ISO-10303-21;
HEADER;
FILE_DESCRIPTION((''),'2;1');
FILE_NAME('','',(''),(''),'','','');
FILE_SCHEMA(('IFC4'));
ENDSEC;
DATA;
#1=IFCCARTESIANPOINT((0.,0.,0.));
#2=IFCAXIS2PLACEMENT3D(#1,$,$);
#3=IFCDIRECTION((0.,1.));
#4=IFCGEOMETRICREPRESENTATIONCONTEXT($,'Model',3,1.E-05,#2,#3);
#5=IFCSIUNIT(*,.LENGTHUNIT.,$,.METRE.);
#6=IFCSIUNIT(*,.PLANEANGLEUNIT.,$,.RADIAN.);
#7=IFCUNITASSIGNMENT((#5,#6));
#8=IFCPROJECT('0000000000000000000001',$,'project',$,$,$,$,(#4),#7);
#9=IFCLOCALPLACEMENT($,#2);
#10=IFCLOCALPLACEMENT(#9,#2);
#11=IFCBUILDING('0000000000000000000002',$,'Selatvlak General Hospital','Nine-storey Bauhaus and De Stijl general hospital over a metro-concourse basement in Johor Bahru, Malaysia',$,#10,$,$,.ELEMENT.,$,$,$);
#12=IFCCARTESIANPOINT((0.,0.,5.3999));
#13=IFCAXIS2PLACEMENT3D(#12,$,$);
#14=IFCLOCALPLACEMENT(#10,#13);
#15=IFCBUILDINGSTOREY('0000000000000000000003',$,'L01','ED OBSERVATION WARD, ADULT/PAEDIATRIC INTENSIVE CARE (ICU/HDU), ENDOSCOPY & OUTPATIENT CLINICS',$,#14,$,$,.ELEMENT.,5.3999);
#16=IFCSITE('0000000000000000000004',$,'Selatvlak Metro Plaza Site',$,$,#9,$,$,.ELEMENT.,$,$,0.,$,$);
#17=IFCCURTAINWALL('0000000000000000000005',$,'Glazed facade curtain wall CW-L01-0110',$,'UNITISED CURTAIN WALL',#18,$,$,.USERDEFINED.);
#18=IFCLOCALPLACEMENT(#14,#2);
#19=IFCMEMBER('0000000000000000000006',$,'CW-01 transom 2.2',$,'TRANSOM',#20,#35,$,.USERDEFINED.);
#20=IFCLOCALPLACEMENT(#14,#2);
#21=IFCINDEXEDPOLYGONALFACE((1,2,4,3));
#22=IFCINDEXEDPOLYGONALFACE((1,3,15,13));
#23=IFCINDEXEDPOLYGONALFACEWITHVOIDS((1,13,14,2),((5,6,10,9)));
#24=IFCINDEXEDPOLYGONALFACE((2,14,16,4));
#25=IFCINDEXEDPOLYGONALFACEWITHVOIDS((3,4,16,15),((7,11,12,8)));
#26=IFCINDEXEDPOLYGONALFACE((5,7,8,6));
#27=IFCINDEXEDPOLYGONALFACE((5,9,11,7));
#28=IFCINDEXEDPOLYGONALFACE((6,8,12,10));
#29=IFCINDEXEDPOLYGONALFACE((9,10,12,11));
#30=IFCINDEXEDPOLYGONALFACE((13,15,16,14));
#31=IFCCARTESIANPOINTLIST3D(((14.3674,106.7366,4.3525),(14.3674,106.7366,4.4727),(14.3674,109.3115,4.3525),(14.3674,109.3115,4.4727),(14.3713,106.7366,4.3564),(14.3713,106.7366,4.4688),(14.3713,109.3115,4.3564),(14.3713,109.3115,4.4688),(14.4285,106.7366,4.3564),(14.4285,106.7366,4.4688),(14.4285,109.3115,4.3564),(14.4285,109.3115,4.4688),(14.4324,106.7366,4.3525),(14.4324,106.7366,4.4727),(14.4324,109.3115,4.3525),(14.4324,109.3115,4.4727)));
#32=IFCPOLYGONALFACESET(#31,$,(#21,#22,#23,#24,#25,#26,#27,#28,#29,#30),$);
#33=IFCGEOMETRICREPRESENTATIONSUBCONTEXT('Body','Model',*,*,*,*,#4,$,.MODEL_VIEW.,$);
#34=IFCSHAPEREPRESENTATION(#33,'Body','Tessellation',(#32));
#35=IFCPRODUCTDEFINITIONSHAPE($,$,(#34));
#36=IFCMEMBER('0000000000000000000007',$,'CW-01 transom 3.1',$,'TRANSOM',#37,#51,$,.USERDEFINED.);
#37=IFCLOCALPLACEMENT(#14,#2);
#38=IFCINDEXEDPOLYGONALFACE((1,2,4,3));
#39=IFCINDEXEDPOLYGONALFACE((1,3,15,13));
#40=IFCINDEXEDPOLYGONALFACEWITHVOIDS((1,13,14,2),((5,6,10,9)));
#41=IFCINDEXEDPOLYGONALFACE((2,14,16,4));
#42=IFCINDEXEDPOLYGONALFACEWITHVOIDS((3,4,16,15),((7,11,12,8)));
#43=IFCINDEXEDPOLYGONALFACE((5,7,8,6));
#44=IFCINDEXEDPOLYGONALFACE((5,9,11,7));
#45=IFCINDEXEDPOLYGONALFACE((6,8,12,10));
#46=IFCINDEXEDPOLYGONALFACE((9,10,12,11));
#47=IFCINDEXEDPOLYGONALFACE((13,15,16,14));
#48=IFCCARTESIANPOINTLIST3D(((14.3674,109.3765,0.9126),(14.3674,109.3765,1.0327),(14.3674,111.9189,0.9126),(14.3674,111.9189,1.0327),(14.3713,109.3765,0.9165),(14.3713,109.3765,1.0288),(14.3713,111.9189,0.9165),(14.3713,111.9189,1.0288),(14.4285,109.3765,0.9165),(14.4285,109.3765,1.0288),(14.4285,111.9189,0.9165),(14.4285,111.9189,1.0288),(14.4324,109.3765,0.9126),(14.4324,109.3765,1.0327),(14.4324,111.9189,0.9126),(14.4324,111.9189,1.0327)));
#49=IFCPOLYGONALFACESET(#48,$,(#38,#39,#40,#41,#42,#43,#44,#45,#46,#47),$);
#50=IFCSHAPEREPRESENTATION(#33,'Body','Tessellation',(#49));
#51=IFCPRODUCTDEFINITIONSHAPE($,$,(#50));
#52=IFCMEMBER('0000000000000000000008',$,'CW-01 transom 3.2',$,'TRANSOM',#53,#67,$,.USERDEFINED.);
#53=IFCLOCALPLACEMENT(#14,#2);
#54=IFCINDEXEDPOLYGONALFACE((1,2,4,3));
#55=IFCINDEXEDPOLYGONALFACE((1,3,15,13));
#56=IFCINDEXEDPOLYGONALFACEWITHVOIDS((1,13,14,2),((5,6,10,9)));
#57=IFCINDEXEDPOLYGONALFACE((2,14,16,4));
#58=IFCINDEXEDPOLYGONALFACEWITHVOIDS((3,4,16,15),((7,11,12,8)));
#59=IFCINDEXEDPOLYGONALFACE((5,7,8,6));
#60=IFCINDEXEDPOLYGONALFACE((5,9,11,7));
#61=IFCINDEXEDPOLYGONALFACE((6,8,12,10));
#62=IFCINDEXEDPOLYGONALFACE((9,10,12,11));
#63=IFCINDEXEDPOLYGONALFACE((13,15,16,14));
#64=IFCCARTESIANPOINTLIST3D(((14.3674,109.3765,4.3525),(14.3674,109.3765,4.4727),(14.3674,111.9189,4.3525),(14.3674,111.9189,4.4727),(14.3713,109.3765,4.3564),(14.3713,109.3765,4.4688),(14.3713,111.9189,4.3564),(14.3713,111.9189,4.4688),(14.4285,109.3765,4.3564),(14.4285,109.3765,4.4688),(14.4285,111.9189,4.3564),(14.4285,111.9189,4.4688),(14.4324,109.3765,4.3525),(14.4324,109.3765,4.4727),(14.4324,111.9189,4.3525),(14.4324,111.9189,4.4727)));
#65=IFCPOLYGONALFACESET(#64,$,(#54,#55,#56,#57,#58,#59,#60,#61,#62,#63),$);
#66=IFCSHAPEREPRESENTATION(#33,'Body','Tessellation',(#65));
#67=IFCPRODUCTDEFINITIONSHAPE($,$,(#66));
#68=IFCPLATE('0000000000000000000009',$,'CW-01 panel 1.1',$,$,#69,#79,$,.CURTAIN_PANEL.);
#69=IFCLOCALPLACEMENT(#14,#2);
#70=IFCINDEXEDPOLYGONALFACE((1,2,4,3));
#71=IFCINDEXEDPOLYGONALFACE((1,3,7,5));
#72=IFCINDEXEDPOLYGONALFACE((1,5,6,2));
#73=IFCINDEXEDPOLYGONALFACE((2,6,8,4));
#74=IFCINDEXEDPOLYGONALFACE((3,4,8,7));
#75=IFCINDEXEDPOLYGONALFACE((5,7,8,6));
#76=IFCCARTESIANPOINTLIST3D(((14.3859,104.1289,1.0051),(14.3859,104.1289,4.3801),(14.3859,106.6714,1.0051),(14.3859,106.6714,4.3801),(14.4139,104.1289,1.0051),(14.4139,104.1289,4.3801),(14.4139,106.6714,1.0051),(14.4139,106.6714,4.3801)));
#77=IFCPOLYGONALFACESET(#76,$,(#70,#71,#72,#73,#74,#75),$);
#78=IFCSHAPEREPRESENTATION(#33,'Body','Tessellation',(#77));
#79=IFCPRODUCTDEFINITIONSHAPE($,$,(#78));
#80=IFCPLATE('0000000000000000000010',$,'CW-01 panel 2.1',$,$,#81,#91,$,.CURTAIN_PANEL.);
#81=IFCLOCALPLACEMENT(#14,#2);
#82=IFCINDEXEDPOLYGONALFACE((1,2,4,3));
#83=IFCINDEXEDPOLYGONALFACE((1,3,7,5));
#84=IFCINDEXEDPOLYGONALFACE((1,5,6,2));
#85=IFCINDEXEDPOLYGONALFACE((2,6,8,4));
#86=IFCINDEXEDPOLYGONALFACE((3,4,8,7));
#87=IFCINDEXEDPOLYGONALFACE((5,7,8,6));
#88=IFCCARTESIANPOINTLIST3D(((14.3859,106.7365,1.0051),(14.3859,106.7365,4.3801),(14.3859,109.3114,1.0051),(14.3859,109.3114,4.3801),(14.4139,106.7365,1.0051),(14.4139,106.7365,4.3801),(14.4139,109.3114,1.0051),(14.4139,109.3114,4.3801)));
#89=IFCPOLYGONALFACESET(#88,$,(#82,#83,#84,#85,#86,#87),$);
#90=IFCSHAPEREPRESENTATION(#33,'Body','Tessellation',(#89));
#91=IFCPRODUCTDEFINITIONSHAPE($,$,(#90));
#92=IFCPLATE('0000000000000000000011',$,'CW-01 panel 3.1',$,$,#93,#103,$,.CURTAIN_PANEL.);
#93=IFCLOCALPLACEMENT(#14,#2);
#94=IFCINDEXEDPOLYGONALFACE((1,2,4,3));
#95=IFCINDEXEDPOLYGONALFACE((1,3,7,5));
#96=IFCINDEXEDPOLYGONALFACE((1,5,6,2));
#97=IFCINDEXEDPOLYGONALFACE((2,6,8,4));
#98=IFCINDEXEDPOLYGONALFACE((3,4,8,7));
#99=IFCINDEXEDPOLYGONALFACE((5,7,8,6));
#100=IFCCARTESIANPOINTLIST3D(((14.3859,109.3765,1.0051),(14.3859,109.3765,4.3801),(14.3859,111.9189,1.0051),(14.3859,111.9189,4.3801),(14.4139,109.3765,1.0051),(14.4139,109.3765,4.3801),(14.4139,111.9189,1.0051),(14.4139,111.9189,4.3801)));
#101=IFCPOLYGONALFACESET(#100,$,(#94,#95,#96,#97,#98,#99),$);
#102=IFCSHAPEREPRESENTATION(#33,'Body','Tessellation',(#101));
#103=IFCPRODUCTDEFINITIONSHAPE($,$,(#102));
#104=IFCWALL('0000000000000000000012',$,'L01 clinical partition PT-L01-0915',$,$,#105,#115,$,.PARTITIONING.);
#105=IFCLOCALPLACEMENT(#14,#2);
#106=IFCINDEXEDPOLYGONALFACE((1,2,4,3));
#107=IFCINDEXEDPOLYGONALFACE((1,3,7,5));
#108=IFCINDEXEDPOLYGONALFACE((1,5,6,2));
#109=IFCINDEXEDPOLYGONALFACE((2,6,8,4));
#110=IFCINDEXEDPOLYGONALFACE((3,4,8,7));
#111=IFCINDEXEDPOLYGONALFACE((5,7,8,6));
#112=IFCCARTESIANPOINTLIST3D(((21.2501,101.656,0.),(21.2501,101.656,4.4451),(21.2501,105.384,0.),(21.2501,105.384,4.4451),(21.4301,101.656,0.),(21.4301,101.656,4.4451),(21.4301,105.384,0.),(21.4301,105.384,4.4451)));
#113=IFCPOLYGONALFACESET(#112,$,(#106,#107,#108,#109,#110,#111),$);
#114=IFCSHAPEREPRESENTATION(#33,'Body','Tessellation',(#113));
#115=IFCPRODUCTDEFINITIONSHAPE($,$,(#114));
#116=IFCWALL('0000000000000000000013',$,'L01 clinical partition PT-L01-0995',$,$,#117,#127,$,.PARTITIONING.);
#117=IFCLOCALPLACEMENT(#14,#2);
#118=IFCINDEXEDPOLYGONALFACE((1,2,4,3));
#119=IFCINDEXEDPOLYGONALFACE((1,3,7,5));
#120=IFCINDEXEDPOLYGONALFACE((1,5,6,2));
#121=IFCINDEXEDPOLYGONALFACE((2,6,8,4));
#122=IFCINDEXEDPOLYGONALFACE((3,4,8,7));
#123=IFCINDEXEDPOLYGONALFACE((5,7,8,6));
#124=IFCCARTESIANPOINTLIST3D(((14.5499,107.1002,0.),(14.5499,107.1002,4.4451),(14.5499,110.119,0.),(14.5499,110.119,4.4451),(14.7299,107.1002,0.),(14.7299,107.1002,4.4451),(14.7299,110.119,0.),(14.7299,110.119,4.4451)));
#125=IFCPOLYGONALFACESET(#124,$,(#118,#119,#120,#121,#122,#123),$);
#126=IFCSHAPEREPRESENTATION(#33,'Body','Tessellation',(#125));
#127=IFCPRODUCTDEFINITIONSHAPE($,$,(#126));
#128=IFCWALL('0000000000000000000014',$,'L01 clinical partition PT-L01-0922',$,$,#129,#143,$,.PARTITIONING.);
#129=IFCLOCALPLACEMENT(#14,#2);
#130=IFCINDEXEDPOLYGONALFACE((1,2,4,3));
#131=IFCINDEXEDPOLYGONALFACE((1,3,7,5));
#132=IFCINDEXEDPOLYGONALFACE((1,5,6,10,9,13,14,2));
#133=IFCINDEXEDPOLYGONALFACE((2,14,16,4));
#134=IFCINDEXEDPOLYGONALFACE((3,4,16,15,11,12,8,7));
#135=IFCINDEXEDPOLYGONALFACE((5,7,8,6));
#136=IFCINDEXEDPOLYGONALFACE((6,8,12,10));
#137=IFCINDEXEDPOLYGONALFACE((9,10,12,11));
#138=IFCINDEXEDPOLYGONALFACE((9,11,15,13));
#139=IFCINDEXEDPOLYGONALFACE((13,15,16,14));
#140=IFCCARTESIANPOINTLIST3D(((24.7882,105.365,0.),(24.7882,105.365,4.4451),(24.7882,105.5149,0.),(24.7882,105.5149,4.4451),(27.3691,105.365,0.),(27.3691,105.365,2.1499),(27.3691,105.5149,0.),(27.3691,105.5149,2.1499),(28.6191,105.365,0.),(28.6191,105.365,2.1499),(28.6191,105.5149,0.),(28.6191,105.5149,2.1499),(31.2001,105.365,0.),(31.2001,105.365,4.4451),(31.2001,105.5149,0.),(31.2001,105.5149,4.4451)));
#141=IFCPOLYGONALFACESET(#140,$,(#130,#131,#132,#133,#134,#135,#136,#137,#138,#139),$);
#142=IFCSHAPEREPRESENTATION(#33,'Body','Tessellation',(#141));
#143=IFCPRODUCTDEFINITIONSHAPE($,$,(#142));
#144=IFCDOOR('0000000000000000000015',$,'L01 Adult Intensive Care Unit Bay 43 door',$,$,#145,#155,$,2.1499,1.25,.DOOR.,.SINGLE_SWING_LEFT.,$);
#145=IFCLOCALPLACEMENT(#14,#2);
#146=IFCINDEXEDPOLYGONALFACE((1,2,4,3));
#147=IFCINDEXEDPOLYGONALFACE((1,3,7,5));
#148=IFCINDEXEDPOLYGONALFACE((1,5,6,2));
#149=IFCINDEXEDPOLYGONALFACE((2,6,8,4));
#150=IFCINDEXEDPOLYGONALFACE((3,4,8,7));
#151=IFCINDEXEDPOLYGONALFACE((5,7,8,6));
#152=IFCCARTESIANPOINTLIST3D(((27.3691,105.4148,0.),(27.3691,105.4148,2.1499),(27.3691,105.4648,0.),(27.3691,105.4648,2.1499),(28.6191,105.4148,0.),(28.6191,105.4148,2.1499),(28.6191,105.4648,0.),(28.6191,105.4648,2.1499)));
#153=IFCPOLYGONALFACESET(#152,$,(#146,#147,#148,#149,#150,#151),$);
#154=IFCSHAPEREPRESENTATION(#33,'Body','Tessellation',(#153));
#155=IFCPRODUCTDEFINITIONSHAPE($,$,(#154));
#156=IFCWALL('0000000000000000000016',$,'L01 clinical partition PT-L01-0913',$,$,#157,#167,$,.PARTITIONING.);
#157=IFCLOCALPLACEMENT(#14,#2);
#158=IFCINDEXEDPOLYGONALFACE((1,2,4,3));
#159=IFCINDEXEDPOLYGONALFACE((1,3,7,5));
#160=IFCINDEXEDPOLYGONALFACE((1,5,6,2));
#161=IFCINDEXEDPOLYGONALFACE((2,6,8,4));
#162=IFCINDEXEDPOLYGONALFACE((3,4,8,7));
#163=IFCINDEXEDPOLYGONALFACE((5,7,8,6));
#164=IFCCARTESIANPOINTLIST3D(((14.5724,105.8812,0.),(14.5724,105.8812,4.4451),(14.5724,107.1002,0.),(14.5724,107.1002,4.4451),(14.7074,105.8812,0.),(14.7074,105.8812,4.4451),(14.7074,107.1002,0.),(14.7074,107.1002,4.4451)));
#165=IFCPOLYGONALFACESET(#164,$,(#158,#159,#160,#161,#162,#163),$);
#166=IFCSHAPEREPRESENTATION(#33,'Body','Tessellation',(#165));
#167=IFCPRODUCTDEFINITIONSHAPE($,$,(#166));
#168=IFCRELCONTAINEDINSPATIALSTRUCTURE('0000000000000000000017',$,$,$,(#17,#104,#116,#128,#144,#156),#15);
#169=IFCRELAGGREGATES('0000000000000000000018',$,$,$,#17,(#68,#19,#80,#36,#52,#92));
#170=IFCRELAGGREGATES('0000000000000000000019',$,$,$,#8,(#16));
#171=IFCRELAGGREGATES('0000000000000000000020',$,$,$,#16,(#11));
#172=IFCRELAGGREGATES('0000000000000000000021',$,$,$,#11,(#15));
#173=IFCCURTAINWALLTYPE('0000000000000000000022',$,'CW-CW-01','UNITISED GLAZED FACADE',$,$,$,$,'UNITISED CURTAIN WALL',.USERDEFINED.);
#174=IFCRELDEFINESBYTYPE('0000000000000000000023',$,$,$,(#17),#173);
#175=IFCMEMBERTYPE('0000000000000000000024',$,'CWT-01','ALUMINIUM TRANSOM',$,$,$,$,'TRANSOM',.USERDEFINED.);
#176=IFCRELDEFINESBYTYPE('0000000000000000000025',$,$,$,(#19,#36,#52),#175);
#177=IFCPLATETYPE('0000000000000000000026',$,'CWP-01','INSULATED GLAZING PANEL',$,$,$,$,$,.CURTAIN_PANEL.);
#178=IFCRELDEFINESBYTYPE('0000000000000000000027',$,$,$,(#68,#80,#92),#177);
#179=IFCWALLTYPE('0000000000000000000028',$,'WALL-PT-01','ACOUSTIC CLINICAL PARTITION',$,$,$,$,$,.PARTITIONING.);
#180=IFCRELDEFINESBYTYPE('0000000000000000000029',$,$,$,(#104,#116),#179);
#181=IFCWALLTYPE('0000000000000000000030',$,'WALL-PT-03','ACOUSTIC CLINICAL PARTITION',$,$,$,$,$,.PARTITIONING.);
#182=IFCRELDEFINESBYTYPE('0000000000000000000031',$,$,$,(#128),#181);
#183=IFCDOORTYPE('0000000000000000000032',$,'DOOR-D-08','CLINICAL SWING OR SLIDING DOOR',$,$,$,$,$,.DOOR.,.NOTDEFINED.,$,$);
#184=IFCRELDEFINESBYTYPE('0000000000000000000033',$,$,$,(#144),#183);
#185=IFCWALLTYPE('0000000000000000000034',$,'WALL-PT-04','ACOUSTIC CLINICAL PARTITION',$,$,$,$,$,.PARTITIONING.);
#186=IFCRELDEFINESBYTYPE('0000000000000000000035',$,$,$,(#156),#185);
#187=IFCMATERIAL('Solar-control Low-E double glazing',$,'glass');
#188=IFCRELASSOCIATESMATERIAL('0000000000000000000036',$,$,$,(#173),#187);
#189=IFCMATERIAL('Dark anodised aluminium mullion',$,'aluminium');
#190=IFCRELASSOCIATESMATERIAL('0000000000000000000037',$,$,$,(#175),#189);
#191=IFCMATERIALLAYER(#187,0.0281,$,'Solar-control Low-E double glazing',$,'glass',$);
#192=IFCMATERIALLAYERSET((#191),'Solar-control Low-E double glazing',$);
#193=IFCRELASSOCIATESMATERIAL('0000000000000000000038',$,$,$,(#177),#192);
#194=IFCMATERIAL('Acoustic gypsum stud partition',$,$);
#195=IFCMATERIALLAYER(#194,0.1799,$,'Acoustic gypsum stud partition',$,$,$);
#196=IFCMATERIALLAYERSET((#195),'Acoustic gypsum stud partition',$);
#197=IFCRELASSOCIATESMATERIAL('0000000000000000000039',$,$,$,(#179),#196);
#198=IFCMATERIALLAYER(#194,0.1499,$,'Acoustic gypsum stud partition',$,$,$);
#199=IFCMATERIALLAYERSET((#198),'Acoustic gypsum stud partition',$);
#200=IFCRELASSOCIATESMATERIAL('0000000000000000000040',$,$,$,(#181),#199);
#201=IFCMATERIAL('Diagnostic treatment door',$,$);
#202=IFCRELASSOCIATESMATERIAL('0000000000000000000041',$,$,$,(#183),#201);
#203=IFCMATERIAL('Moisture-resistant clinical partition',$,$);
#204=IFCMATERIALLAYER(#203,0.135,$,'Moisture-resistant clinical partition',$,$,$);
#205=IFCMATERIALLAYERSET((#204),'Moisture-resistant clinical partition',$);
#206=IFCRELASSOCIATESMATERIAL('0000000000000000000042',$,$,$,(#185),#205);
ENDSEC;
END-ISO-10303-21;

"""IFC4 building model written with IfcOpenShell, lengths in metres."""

from ifc_helpers import new_model, si_unit, direction, frame, frame_2d, origin, origin_2d, place, context, subcontext, project, spatial, rectangle, hollow_rectangle, extrude, material, layer, layer_set, material_profile, profile_set, type_object, element, fill, aggregate, save


model = new_model("IFC4")

# Units and contexts
model_context = context("Model", 3, precision=1e-05, world=origin(), true_north=direction((0.0, 1.0)))
body_context = subcontext(model_context, "Body", "Model", "MODEL_VIEW")
ifc_project = project(units=[si_unit("LENGTHUNIT", "METRE"), si_unit("PLANEANGLEUNIT", "RADIAN")], contexts=[model_context])

# Site, building, storey
site_placement = place(None, origin())
site = spatial("IfcSite", under=ifc_project, at=site_placement, Name="Selatvlak Metro Plaza Site", CompositionType="ELEMENT", RefElevation=0.0)
building_placement = place(site_placement, origin())
building = spatial("IfcBuilding", under=site, at=building_placement, Name="Selatvlak General Hospital", Description="Nine-storey Bauhaus and De Stijl general hospital over a metro-concourse basement in Johor Bahru, Malaysia", CompositionType="ELEMENT")
storey_placement = place(building_placement, frame((0.0, 0.0, 5.3999)))
storey = spatial("IfcBuildingStorey", under=building, at=storey_placement, Name="L01", Description="ED OBSERVATION WARD, ADULT/PAEDIATRIC INTENSIVE CARE (ICU/HDU), ENDOSCOPY & OUTPATIENT CLINICS", CompositionType="ELEMENT", Elevation=5.3999)

# Curtain wall, members, plates
ifc_material_1 = material(Name="Solar-control Low-E double glazing", Category="glass")
curtain_wall_type = type_object("IfcCurtainWallType", Name="CW-CW-01", Description="UNITISED GLAZED FACADE", ElementType="UNITISED CURTAIN WALL", PredefinedType="USERDEFINED", material=ifc_material_1)
curtain_wall_placement = place(storey_placement, origin())
curtain_wall = element("IfcCurtainWall", 1, at=curtain_wall_placement, inside=storey, type_object=curtain_wall_type, Name="Glazed facade curtain wall CW-L01-0110", ObjectType="UNITISED CURTAIN WALL", PredefinedType="USERDEFINED")
ifc_material_2 = material(Name="Dark anodised aluminium mullion", Category="aluminium")
ifc_material_profile_1 = material_profile(ifc_material_2, hollow_rectangle(XDim=0.0649, YDim=0.1201, WallThickness=0.0039, at=origin_2d()), Name="AL-TRN 65x120x4")
ifc_profile_set_1 = profile_set([ifc_material_profile_1], Name="Dark anodised aluminium mullion")
member_type_1 = type_object("IfcMemberType", Name="CWT-01", Description="ALUMINIUM TRANSOM", ElementType="TRANSOM", PredefinedType="USERDEFINED", material=ifc_profile_set_1)
member_1_placement = place(storey_placement, frame((14.3999, 106.7366, 4.4126), z_axis=(0.0, 1.0, 0.0), x_axis=(-1.0, 0.0, 0.0)))
member_1 = element("IfcMember", 2, at=member_1_placement, type_object=member_type_1, Name="CW-01 transom 2.2", ObjectType="TRANSOM", PredefinedType="USERDEFINED", context=body_context, shape_type="SweptSolid", body=[
    extrude(hollow_rectangle(XDim=0.0649, YDim=0.1201, WallThickness=0.0039, at=origin_2d()), origin(), (0.0, 0.0, 1.0), 2.575),
])
member_2_placement = place(storey_placement, frame((14.3999, 109.3765, 0.9727), z_axis=(0.0, 1.0, 0.0), x_axis=(-1.0, 0.0, 0.0)))
member_2 = element("IfcMember", 3, at=member_2_placement, type_object=member_type_1, Name="CW-01 transom 3.1", ObjectType="TRANSOM", PredefinedType="USERDEFINED", context=body_context, shape_type="SweptSolid", body=[
    extrude(hollow_rectangle(XDim=0.0649, YDim=0.1201, WallThickness=0.0039, at=origin_2d()), origin(), (0.0, 0.0, 1.0), 2.5425),
])
member_3_placement = place(storey_placement, frame((14.3999, 109.3765, 4.4126), z_axis=(0.0, 1.0, 0.0), x_axis=(-1.0, 0.0, 0.0)))
member_3 = element("IfcMember", 4, at=member_3_placement, type_object=member_type_1, Name="CW-01 transom 3.2", ObjectType="TRANSOM", PredefinedType="USERDEFINED", context=body_context, shape_type="SweptSolid", body=[
    extrude(hollow_rectangle(XDim=0.0649, YDim=0.1201, WallThickness=0.0039, at=origin_2d()), origin(), (0.0, 0.0, 1.0), 2.5425),
])
ifc_layer_1 = layer(ifc_material_1, 0.0281, Name="Solar-control Low-E double glazing", Category="glass")
ifc_layer_set_1 = layer_set([ifc_layer_1], Name="Solar-control Low-E double glazing")
plate_type = type_object("IfcPlateType", Name="CWP-01", Description="INSULATED GLAZING PANEL", PredefinedType="CURTAIN_PANEL", material=ifc_layer_set_1)
plate_1_placement = place(storey_placement, frame((14.3999, 105.4001, 1.0051), z_axis=(0.0, 0.0, 1.0), x_axis=(0.0, 1.0, 0.0)))
plate_1 = element("IfcPlate", 5, at=plate_1_placement, type_object=plate_type, Name="CW-01 panel 1.1", PredefinedType="CURTAIN_PANEL", context=body_context, shape_type="SweptSolid", body=[
    extrude(rectangle(XDim=2.5425, YDim=0.0281, at=origin_2d()), origin(), (0.0, 0.0, 1.0), 3.375),
])
plate_2_placement = place(storey_placement, frame((14.3999, 108.0239, 1.0051), z_axis=(0.0, 0.0, 1.0), x_axis=(0.0, 1.0, 0.0)))
plate_2 = element("IfcPlate", 6, at=plate_2_placement, type_object=plate_type, Name="CW-01 panel 2.1", PredefinedType="CURTAIN_PANEL", context=body_context, shape_type="SweptSolid", body=[
    extrude(rectangle(XDim=2.575, YDim=0.0281, at=origin_2d()), origin(), (0.0, 0.0, 1.0), 3.375),
])
plate_3_placement = place(storey_placement, frame((14.3999, 110.6477, 1.0051), z_axis=(0.0, 0.0, 1.0), x_axis=(0.0, 1.0, 0.0)))
plate_3 = element("IfcPlate", 7, at=plate_3_placement, type_object=plate_type, Name="CW-01 panel 3.1", PredefinedType="CURTAIN_PANEL", context=body_context, shape_type="SweptSolid", body=[
    extrude(rectangle(XDim=2.5425, YDim=0.0281, at=origin_2d()), origin(), (0.0, 0.0, 1.0), 3.375),
])
aggregate(curtain_wall, [plate_1, member_1, plate_2, member_2, member_3, plate_3])

# Walls
ifc_material_3 = material(Name="Acoustic gypsum stud partition")
ifc_layer_2 = layer(ifc_material_3, 0.1799, Name="Acoustic gypsum stud partition")
ifc_layer_set_2 = layer_set([ifc_layer_2], Name="Acoustic gypsum stud partition")
wall_type_1 = type_object("IfcWallType", Name="WALL-PT-01", Description="ACOUSTIC CLINICAL PARTITION", PredefinedType="PARTITIONING", material=ifc_layer_set_2)
wall_1_placement = place(storey_placement, frame((21.3401, 105.384, 0.0), z_axis=(0.0, 0.0, 1.0), x_axis=(0.0, -1.0, 0.0)))
element("IfcWall", 8, at=wall_1_placement, inside=storey, type_object=wall_type_1, Name="L01 clinical partition PT-L01-0915", PredefinedType="PARTITIONING", context=body_context, shape_type="SweptSolid", body=[
    extrude(rectangle(XDim=3.728, YDim=0.1799, at=frame_2d((1.864, 0.0))), origin(), (0.0, 0.0, 1.0), 4.4451),
])
wall_2_placement = place(storey_placement, frame((14.6399, 110.1189, 0.0), z_axis=(0.0, 0.0, 1.0), x_axis=(0.0, -1.0, 0.0)))
element("IfcWall", 9, at=wall_2_placement, inside=storey, type_object=wall_type_1, Name="L01 clinical partition PT-L01-0995", PredefinedType="PARTITIONING", context=body_context, shape_type="SweptSolid", body=[
    extrude(rectangle(XDim=3.0188, YDim=0.1799, at=frame_2d((1.5093, 0.0))), origin(), (0.0, 0.0, 1.0), 4.4451),
])

# Wall, opening, door
ifc_layer_3 = layer(ifc_material_3, 0.1499, Name="Acoustic gypsum stud partition")
ifc_layer_set_3 = layer_set([ifc_layer_3], Name="Acoustic gypsum stud partition")
wall_type_2 = type_object("IfcWallType", Name="WALL-PT-03", Description="ACOUSTIC CLINICAL PARTITION", PredefinedType="PARTITIONING", material=ifc_layer_set_3)
wall_3_placement = place(storey_placement, frame((24.7881, 105.4399, 0.0), z_axis=(0.0, 0.0, 1.0), x_axis=(1.0, 0.0, 0.0)))
wall_3 = element("IfcWall", 10, at=wall_3_placement, inside=storey, type_object=wall_type_2, Name="L01 clinical partition PT-L01-0922", PredefinedType="PARTITIONING", context=body_context, shape_type="SweptSolid", body=[
    extrude(rectangle(XDim=6.4119, YDim=0.1499, at=frame_2d((3.2061, 0.0))), origin(), (0.0, 0.0, 1.0), 4.4451),
])
opening_1_placement = place(wall_3_placement, frame((2.5811, 0.0, 0.0)))
opening_1 = element("IfcOpeningElement", 11, at=opening_1_placement, cuts=wall_3, PredefinedType="OPENING", context=body_context, shape_type="SweptSolid", body=[
    extrude(rectangle(XDim=1.25, YDim=2.1499, at=frame_2d((0.625, 1.075))), frame((0.0, 0.085, 0.0), z_axis=(0.0, -1.0, 0.0), x_axis=(1.0, 0.0, 0.0)), (0.0, 0.0, 1.0), 0.1699),
])
ifc_material_4 = material(Name="Diagnostic treatment door")
door_type_1 = type_object("IfcDoorType", Name="DOOR-D-08", Description="CLINICAL SWING OR SLIDING DOOR", OperationType="NOTDEFINED", PredefinedType="DOOR", material=ifc_material_4)
door_1_placement = place(opening_1_placement, origin())
door_1 = element("IfcDoor", 12, at=door_1_placement, inside=storey, type_object=door_type_1, Name="L01 Adult Intensive Care Unit Bay 43 door", OperationType="SINGLE_SWING_LEFT", OverallHeight=2.1499, OverallWidth=1.25, PredefinedType="DOOR", context=body_context, shape_type="SweptSolid", body=[
    extrude(rectangle(XDim=1.25, YDim=2.1499, at=frame_2d((0.625, 1.075))), frame((0.0, 0.0249, 0.0), z_axis=(0.0, -1.0, 0.0), x_axis=(1.0, 0.0, 0.0)), (0.0, 0.0, 1.0), 0.05),
])
fill(opening_1, door_1)

# Wall
ifc_material_5 = material(Name="Moisture-resistant clinical partition")
ifc_layer_4 = layer(ifc_material_5, 0.135, Name="Moisture-resistant clinical partition")
ifc_layer_set_4 = layer_set([ifc_layer_4], Name="Moisture-resistant clinical partition")
wall_type_3 = type_object("IfcWallType", Name="WALL-PT-04", Description="ACOUSTIC CLINICAL PARTITION", PredefinedType="PARTITIONING", material=ifc_layer_set_4)
wall_4_placement = place(storey_placement, frame((14.6399, 107.1001, 0.0), z_axis=(0.0, 0.0, 1.0), x_axis=(0.0, -1.0, 0.0)))
element("IfcWall", 13, at=wall_4_placement, inside=storey, type_object=wall_type_3, Name="L01 clinical partition PT-L01-0913", PredefinedType="PARTITIONING", context=body_context, shape_type="SweptSolid", body=[
    extrude(rectangle(XDim=1.219, YDim=0.135, at=frame_2d((0.6094, 0.0))), origin(), (0.0, 0.0, 1.0), 4.4451),
])

save(model, "model.ifc")
